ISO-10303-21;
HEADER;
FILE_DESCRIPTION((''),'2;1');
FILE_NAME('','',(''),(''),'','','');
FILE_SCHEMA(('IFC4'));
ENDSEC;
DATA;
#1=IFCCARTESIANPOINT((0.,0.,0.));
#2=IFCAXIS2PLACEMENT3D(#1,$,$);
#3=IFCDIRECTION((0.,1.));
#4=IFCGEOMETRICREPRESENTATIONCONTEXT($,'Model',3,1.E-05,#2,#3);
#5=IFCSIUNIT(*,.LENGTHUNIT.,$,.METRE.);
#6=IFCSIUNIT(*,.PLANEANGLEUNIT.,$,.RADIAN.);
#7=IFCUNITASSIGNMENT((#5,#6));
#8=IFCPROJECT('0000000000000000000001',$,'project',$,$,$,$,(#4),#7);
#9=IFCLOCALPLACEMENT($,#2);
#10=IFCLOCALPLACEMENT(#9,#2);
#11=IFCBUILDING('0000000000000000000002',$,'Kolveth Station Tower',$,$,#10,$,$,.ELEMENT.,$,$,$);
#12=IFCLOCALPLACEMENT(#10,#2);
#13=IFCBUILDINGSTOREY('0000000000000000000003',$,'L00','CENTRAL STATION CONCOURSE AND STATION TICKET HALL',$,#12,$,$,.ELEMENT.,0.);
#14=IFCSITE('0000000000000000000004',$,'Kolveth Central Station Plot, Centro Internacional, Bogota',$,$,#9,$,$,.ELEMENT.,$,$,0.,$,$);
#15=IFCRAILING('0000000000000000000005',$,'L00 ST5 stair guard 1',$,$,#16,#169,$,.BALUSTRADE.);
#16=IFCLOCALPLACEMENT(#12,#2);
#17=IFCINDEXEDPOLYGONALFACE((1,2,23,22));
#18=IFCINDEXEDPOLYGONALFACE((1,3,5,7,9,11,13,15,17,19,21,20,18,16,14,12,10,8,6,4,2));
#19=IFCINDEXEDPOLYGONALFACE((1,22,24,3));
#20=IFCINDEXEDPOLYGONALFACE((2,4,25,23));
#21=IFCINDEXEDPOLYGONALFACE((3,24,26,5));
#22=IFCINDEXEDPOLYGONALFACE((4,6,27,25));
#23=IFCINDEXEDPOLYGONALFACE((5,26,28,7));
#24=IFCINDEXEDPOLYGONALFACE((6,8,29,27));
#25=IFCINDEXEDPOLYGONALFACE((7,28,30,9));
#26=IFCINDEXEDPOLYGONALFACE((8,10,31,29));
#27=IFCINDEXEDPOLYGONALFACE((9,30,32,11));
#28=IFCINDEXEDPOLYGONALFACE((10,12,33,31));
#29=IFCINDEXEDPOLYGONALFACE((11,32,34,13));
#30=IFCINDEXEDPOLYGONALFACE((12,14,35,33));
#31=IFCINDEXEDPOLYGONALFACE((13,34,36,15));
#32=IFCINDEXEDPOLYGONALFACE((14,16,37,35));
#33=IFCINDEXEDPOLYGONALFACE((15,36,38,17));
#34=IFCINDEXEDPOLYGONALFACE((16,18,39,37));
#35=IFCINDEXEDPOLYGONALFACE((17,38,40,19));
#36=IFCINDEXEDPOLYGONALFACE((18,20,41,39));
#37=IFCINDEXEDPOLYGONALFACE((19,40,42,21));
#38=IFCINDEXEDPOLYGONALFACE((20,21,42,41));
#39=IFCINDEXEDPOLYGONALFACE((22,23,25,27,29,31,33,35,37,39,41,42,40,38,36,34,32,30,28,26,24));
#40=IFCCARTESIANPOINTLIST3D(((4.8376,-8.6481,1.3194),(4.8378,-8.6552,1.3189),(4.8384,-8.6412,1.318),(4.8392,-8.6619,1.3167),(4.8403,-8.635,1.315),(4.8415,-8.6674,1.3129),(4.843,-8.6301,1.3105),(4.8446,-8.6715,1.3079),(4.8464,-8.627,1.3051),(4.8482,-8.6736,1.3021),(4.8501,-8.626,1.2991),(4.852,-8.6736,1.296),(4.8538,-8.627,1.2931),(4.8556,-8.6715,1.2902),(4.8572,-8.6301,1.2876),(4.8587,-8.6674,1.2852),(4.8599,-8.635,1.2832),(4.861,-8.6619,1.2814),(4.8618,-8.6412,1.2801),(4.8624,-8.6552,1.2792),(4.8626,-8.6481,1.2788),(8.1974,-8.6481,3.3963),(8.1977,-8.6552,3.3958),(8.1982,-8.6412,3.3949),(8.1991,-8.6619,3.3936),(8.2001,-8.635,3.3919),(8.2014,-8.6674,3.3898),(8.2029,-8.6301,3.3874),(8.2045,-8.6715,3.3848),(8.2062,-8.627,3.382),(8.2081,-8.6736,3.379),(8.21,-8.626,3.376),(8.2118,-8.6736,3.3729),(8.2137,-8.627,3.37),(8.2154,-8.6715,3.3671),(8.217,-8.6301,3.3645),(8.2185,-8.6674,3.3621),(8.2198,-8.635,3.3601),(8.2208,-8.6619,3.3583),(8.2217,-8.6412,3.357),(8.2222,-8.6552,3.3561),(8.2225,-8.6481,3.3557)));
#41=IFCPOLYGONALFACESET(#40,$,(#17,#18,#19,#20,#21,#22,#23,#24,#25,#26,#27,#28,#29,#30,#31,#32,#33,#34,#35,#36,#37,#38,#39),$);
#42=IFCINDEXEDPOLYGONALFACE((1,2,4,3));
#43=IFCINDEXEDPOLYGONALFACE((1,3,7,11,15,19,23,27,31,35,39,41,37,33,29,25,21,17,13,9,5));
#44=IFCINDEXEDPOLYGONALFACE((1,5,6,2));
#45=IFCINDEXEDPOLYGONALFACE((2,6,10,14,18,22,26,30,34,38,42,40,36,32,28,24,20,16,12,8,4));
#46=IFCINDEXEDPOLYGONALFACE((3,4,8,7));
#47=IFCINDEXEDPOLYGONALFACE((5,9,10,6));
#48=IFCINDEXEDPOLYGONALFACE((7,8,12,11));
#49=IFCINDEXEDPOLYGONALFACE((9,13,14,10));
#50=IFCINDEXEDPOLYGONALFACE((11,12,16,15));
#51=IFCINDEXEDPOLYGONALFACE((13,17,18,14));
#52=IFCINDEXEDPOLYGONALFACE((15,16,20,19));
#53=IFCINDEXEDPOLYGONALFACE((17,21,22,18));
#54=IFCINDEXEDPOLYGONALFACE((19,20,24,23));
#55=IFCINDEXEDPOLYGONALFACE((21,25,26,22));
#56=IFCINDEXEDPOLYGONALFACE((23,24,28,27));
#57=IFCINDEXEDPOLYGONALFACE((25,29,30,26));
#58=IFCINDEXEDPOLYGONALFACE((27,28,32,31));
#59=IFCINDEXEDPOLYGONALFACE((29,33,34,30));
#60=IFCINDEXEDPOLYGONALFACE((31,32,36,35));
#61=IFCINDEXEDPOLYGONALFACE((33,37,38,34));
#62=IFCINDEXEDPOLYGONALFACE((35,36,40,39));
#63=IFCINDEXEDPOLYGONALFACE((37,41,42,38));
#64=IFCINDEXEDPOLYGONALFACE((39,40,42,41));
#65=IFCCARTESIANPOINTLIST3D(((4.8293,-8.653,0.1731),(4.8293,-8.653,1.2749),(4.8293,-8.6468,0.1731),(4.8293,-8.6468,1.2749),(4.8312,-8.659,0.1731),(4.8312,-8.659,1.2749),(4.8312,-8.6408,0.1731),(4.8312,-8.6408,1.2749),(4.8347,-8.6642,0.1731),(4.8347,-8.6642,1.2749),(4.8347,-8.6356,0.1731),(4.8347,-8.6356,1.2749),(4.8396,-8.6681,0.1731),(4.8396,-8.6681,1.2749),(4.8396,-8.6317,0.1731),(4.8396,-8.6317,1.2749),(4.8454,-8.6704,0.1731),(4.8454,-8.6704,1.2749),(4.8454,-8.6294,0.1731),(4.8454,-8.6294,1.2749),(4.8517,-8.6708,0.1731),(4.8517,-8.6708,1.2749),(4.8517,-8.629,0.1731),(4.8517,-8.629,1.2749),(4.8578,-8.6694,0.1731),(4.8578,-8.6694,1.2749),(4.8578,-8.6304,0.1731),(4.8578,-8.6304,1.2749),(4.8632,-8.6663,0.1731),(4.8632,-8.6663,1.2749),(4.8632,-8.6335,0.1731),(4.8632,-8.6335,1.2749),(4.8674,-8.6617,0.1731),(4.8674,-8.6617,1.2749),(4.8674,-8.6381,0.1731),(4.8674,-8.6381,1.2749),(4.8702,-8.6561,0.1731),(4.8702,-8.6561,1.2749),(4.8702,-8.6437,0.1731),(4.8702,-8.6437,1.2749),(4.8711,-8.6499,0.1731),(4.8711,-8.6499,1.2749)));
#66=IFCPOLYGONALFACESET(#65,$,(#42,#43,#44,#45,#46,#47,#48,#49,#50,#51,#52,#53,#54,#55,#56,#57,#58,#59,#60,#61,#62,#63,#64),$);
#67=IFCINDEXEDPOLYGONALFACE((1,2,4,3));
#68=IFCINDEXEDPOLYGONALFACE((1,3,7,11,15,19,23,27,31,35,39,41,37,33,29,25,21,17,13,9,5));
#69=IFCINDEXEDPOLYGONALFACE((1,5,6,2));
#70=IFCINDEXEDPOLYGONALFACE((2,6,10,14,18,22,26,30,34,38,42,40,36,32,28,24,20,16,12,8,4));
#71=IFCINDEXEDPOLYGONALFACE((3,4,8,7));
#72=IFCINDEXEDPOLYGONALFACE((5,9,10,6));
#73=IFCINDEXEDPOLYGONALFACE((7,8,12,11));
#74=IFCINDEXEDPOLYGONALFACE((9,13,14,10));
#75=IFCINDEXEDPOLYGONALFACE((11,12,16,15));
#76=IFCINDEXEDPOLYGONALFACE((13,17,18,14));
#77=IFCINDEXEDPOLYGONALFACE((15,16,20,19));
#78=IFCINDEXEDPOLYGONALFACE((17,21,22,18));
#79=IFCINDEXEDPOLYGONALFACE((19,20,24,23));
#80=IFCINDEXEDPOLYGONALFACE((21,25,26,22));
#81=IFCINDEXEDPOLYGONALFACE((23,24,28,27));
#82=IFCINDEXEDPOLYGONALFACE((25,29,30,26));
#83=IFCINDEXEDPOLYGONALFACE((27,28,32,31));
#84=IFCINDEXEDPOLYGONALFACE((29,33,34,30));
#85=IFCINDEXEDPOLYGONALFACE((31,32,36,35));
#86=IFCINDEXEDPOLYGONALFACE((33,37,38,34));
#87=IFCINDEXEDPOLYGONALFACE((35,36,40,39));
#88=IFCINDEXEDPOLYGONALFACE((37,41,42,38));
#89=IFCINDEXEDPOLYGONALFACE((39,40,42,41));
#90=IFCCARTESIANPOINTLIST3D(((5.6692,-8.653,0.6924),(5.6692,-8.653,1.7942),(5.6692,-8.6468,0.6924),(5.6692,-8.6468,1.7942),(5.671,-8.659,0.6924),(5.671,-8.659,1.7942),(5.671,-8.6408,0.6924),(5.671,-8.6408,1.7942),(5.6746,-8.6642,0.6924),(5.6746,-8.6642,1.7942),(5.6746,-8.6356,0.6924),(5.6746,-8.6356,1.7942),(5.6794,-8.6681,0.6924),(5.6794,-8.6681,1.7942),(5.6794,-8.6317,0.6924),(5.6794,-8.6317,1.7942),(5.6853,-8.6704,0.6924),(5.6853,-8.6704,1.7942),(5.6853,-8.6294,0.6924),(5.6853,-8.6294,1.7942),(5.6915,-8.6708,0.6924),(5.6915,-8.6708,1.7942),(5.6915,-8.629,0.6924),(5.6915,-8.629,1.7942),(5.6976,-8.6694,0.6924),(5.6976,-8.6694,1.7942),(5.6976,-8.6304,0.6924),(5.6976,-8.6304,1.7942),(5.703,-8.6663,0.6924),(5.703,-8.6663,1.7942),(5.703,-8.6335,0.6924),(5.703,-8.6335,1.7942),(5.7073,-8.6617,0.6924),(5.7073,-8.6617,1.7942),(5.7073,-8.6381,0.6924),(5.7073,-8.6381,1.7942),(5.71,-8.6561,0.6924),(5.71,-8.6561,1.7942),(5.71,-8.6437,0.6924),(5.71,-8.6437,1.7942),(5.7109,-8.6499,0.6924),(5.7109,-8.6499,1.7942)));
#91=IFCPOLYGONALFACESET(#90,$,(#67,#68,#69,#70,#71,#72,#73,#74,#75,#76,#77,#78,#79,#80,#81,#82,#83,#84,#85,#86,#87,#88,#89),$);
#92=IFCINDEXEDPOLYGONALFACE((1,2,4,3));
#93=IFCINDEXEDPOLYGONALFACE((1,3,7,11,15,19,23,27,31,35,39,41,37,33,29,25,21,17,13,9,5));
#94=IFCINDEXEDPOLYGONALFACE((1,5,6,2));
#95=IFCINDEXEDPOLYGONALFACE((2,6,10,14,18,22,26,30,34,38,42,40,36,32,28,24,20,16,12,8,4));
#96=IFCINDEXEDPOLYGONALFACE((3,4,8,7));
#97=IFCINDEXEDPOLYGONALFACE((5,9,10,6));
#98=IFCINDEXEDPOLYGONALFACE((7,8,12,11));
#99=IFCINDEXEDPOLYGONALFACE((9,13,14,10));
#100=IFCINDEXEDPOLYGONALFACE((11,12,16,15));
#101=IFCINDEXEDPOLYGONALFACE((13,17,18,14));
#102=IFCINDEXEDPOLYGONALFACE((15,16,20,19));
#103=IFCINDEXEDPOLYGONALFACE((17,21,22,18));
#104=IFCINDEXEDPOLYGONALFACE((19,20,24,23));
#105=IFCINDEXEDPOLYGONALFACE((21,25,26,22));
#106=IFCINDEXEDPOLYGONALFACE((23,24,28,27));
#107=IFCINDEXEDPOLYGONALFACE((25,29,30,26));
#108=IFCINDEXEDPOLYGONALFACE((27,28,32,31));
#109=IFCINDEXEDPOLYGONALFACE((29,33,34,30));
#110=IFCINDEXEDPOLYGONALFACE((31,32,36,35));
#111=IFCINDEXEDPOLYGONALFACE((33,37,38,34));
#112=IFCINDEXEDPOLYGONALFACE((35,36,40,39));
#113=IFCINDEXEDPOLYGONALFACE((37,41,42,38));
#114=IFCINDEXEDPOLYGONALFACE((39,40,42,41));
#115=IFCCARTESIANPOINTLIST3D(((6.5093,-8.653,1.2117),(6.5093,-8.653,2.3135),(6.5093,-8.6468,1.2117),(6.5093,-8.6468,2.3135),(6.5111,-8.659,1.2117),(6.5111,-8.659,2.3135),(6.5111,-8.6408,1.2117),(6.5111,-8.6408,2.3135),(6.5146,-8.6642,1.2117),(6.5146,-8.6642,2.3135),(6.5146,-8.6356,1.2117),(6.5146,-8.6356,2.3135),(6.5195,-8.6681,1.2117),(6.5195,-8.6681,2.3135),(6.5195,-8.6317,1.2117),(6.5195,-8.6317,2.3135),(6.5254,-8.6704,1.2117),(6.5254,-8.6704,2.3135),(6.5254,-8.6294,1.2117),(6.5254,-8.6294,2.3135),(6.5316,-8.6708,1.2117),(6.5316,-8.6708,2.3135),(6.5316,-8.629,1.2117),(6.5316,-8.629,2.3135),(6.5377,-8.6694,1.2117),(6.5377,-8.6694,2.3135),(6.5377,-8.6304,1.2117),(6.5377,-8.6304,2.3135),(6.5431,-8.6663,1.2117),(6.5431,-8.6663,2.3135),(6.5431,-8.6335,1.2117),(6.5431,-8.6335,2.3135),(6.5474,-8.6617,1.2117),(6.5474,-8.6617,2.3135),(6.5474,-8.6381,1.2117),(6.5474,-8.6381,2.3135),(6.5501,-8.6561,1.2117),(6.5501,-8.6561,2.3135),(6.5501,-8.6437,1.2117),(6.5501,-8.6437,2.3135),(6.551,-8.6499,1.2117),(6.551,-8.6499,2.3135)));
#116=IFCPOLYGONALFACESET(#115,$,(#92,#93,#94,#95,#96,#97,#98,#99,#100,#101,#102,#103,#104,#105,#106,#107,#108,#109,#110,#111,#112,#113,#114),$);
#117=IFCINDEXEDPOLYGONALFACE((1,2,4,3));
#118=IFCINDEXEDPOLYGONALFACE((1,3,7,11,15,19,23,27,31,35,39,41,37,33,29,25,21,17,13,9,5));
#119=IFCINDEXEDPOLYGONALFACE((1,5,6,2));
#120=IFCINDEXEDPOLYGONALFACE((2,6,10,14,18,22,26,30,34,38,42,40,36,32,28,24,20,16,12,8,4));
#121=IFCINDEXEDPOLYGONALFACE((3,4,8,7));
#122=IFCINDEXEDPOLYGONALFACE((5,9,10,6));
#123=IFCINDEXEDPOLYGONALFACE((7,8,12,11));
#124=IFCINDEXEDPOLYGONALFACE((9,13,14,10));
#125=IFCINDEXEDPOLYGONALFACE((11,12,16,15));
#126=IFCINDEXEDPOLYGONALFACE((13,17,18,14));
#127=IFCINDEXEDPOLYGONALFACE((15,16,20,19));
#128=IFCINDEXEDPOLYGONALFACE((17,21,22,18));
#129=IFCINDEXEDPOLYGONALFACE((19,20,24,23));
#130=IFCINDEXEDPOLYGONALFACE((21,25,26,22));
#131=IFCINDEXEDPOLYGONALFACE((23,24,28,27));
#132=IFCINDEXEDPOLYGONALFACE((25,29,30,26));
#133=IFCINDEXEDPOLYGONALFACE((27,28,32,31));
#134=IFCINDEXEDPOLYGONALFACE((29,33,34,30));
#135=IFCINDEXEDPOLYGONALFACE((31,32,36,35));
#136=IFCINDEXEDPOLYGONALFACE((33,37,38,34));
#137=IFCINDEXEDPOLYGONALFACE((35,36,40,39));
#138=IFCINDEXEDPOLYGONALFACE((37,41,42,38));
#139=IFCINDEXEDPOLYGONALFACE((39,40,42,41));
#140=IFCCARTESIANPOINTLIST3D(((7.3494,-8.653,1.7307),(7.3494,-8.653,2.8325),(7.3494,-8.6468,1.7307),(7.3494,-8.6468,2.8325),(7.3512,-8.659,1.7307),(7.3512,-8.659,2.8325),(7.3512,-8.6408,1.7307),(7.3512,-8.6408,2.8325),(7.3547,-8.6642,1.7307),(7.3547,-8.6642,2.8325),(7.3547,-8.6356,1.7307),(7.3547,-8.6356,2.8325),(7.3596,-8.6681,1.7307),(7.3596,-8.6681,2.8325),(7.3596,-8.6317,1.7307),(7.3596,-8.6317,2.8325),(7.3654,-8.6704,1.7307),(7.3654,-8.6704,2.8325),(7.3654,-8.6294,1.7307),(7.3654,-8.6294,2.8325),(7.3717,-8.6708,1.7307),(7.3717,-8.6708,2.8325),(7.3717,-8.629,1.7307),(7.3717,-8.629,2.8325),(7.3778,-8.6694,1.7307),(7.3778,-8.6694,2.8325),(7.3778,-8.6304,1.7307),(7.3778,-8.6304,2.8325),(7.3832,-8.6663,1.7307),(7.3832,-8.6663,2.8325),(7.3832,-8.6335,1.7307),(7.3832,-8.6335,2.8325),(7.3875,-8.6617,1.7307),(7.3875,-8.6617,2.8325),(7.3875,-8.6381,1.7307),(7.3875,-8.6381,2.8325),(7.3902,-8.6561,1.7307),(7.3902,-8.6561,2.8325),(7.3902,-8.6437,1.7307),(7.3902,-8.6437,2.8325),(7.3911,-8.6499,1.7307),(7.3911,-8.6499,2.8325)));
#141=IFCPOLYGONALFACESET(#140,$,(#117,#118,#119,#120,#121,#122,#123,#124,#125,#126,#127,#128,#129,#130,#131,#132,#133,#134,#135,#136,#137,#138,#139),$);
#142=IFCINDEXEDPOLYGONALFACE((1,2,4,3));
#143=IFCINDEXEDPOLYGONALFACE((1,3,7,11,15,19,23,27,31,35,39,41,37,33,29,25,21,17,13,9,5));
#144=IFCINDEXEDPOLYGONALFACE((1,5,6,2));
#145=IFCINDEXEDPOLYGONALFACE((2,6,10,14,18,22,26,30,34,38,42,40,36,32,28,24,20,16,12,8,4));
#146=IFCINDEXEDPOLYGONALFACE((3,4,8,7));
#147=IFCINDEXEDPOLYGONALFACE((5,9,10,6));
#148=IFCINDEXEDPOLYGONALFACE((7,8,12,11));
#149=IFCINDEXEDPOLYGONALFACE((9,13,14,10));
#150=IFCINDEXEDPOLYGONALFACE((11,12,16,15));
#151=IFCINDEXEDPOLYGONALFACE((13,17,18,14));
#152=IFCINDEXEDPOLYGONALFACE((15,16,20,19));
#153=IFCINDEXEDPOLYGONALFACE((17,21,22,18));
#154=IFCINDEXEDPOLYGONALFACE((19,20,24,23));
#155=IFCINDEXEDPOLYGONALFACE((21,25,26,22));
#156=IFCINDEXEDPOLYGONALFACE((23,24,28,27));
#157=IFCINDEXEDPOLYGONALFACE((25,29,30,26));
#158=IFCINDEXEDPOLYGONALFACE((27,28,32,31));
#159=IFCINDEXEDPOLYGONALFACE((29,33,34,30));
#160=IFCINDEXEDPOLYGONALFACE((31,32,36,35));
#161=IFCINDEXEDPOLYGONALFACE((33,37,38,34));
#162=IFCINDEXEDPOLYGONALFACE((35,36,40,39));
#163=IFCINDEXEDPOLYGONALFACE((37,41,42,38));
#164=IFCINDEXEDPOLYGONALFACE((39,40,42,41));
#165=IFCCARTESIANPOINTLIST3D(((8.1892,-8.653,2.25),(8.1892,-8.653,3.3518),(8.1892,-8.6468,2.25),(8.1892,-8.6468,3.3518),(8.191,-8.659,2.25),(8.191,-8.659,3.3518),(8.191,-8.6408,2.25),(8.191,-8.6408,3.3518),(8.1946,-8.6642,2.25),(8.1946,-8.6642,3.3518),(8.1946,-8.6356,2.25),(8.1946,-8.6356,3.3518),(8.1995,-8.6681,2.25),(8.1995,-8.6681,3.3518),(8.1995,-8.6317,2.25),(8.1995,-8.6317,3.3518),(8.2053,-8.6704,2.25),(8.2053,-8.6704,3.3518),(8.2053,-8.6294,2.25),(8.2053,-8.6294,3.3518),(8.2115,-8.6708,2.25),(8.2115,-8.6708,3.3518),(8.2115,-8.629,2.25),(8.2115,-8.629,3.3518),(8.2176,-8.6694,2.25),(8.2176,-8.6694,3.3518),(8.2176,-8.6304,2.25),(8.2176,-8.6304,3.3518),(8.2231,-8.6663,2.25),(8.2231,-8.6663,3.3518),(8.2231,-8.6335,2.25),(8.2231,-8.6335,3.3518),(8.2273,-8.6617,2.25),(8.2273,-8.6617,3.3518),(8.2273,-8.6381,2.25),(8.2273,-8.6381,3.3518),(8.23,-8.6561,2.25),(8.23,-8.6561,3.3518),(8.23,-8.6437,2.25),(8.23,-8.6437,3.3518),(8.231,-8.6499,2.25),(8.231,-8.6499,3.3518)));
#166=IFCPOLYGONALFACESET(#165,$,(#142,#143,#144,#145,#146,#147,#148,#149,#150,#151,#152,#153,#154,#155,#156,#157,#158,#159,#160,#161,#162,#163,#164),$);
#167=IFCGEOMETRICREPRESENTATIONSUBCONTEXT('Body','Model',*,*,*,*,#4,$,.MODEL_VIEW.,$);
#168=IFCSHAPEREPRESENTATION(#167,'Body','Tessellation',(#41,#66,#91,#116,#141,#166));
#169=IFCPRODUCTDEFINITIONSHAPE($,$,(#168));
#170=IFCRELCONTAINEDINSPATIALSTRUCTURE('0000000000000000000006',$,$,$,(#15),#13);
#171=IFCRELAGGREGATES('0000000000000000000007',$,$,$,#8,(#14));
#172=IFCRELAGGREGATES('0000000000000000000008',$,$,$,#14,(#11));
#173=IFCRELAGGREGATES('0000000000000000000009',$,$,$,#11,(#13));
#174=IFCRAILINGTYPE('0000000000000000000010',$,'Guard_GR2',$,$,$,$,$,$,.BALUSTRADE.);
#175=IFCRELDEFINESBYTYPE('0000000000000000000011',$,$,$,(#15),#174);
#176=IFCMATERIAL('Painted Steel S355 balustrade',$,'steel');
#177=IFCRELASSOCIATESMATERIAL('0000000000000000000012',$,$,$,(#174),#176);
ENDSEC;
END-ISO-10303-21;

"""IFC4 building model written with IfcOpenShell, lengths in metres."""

from ifc_helpers import new_model, si_unit, direction, frame, origin, origin_2d, place, context, subcontext, project, spatial, circle, extrude, material, type_object, element, save


model = new_model("IFC4")

# Units and contexts
model_context = context("Model", 3, precision=1e-05, world=origin(), true_north=direction((0.0, 1.0)))
body_context = subcontext(model_context, "Body", "Model", "MODEL_VIEW")
ifc_project = project(units=[si_unit("LENGTHUNIT", "METRE"), si_unit("PLANEANGLEUNIT", "RADIAN")], contexts=[model_context])

# Site, building, storey
site_placement = place(None, origin())
site = spatial("IfcSite", under=ifc_project, at=site_placement, Name="Kolveth Central Station Plot, Centro Internacional, Bogota", CompositionType="ELEMENT", RefElevation=0.0)
building_placement = place(site_placement, origin())
building = spatial("IfcBuilding", under=site, at=building_placement, Name="Kolveth Station Tower", CompositionType="ELEMENT")
storey_placement = place(building_placement, origin())
storey = spatial("IfcBuildingStorey", under=building, at=storey_placement, Name="L00", Description="CENTRAL STATION CONCOURSE AND STATION TICKET HALL", CompositionType="ELEMENT", Elevation=0.0)

# Railing
ifc_material_1 = material(Name="Painted Steel S355 balustrade", Category="steel")
railing_type_1 = type_object("IfcRailingType", Name="Guard_GR2", PredefinedType="BALUSTRADE", material=ifc_material_1)
railing_1_placement = place(storey_placement, frame((4.8501, -8.6499, 0.1731)))
element("IfcRailing", 1, at=railing_1_placement, inside=storey, type_object=railing_type_1, Name="L00 ST5 stair guard 1", PredefinedType="BALUSTRADE", context=body_context, shape_type="SweptSolid", body=[
    extrude(circle(Radius=0.0239, at=origin_2d()), frame((0.0, 0.0, 1.126), z_axis=(0.850606, 0.0, 0.525803), x_axis=(0.0, 1.0, 0.0)), (0.0, 0.0, 1.0), 3.95),
    extrude(circle(Radius=0.021, at=origin_2d()), origin(), (0.0, 0.0, 1.0), 1.1018),
    extrude(circle(Radius=0.021, at=origin_2d()), frame((0.8398, 0.0, 0.5193)), (0.0, 0.0, 1.0), 1.1018),
    extrude(circle(Radius=0.021, at=origin_2d()), frame((1.6799, 0.0, 1.0386)), (0.0, 0.0, 1.0), 1.1018),
    extrude(circle(Radius=0.021, at=origin_2d()), frame((2.52, 0.0, 1.5576)), (0.0, 0.0, 1.0), 1.1018),
    extrude(circle(Radius=0.021, at=origin_2d()), frame((3.3599, 0.0, 2.0769)), (0.0, 0.0, 1.0), 1.1018),
])

save(model, "model.ifc")
